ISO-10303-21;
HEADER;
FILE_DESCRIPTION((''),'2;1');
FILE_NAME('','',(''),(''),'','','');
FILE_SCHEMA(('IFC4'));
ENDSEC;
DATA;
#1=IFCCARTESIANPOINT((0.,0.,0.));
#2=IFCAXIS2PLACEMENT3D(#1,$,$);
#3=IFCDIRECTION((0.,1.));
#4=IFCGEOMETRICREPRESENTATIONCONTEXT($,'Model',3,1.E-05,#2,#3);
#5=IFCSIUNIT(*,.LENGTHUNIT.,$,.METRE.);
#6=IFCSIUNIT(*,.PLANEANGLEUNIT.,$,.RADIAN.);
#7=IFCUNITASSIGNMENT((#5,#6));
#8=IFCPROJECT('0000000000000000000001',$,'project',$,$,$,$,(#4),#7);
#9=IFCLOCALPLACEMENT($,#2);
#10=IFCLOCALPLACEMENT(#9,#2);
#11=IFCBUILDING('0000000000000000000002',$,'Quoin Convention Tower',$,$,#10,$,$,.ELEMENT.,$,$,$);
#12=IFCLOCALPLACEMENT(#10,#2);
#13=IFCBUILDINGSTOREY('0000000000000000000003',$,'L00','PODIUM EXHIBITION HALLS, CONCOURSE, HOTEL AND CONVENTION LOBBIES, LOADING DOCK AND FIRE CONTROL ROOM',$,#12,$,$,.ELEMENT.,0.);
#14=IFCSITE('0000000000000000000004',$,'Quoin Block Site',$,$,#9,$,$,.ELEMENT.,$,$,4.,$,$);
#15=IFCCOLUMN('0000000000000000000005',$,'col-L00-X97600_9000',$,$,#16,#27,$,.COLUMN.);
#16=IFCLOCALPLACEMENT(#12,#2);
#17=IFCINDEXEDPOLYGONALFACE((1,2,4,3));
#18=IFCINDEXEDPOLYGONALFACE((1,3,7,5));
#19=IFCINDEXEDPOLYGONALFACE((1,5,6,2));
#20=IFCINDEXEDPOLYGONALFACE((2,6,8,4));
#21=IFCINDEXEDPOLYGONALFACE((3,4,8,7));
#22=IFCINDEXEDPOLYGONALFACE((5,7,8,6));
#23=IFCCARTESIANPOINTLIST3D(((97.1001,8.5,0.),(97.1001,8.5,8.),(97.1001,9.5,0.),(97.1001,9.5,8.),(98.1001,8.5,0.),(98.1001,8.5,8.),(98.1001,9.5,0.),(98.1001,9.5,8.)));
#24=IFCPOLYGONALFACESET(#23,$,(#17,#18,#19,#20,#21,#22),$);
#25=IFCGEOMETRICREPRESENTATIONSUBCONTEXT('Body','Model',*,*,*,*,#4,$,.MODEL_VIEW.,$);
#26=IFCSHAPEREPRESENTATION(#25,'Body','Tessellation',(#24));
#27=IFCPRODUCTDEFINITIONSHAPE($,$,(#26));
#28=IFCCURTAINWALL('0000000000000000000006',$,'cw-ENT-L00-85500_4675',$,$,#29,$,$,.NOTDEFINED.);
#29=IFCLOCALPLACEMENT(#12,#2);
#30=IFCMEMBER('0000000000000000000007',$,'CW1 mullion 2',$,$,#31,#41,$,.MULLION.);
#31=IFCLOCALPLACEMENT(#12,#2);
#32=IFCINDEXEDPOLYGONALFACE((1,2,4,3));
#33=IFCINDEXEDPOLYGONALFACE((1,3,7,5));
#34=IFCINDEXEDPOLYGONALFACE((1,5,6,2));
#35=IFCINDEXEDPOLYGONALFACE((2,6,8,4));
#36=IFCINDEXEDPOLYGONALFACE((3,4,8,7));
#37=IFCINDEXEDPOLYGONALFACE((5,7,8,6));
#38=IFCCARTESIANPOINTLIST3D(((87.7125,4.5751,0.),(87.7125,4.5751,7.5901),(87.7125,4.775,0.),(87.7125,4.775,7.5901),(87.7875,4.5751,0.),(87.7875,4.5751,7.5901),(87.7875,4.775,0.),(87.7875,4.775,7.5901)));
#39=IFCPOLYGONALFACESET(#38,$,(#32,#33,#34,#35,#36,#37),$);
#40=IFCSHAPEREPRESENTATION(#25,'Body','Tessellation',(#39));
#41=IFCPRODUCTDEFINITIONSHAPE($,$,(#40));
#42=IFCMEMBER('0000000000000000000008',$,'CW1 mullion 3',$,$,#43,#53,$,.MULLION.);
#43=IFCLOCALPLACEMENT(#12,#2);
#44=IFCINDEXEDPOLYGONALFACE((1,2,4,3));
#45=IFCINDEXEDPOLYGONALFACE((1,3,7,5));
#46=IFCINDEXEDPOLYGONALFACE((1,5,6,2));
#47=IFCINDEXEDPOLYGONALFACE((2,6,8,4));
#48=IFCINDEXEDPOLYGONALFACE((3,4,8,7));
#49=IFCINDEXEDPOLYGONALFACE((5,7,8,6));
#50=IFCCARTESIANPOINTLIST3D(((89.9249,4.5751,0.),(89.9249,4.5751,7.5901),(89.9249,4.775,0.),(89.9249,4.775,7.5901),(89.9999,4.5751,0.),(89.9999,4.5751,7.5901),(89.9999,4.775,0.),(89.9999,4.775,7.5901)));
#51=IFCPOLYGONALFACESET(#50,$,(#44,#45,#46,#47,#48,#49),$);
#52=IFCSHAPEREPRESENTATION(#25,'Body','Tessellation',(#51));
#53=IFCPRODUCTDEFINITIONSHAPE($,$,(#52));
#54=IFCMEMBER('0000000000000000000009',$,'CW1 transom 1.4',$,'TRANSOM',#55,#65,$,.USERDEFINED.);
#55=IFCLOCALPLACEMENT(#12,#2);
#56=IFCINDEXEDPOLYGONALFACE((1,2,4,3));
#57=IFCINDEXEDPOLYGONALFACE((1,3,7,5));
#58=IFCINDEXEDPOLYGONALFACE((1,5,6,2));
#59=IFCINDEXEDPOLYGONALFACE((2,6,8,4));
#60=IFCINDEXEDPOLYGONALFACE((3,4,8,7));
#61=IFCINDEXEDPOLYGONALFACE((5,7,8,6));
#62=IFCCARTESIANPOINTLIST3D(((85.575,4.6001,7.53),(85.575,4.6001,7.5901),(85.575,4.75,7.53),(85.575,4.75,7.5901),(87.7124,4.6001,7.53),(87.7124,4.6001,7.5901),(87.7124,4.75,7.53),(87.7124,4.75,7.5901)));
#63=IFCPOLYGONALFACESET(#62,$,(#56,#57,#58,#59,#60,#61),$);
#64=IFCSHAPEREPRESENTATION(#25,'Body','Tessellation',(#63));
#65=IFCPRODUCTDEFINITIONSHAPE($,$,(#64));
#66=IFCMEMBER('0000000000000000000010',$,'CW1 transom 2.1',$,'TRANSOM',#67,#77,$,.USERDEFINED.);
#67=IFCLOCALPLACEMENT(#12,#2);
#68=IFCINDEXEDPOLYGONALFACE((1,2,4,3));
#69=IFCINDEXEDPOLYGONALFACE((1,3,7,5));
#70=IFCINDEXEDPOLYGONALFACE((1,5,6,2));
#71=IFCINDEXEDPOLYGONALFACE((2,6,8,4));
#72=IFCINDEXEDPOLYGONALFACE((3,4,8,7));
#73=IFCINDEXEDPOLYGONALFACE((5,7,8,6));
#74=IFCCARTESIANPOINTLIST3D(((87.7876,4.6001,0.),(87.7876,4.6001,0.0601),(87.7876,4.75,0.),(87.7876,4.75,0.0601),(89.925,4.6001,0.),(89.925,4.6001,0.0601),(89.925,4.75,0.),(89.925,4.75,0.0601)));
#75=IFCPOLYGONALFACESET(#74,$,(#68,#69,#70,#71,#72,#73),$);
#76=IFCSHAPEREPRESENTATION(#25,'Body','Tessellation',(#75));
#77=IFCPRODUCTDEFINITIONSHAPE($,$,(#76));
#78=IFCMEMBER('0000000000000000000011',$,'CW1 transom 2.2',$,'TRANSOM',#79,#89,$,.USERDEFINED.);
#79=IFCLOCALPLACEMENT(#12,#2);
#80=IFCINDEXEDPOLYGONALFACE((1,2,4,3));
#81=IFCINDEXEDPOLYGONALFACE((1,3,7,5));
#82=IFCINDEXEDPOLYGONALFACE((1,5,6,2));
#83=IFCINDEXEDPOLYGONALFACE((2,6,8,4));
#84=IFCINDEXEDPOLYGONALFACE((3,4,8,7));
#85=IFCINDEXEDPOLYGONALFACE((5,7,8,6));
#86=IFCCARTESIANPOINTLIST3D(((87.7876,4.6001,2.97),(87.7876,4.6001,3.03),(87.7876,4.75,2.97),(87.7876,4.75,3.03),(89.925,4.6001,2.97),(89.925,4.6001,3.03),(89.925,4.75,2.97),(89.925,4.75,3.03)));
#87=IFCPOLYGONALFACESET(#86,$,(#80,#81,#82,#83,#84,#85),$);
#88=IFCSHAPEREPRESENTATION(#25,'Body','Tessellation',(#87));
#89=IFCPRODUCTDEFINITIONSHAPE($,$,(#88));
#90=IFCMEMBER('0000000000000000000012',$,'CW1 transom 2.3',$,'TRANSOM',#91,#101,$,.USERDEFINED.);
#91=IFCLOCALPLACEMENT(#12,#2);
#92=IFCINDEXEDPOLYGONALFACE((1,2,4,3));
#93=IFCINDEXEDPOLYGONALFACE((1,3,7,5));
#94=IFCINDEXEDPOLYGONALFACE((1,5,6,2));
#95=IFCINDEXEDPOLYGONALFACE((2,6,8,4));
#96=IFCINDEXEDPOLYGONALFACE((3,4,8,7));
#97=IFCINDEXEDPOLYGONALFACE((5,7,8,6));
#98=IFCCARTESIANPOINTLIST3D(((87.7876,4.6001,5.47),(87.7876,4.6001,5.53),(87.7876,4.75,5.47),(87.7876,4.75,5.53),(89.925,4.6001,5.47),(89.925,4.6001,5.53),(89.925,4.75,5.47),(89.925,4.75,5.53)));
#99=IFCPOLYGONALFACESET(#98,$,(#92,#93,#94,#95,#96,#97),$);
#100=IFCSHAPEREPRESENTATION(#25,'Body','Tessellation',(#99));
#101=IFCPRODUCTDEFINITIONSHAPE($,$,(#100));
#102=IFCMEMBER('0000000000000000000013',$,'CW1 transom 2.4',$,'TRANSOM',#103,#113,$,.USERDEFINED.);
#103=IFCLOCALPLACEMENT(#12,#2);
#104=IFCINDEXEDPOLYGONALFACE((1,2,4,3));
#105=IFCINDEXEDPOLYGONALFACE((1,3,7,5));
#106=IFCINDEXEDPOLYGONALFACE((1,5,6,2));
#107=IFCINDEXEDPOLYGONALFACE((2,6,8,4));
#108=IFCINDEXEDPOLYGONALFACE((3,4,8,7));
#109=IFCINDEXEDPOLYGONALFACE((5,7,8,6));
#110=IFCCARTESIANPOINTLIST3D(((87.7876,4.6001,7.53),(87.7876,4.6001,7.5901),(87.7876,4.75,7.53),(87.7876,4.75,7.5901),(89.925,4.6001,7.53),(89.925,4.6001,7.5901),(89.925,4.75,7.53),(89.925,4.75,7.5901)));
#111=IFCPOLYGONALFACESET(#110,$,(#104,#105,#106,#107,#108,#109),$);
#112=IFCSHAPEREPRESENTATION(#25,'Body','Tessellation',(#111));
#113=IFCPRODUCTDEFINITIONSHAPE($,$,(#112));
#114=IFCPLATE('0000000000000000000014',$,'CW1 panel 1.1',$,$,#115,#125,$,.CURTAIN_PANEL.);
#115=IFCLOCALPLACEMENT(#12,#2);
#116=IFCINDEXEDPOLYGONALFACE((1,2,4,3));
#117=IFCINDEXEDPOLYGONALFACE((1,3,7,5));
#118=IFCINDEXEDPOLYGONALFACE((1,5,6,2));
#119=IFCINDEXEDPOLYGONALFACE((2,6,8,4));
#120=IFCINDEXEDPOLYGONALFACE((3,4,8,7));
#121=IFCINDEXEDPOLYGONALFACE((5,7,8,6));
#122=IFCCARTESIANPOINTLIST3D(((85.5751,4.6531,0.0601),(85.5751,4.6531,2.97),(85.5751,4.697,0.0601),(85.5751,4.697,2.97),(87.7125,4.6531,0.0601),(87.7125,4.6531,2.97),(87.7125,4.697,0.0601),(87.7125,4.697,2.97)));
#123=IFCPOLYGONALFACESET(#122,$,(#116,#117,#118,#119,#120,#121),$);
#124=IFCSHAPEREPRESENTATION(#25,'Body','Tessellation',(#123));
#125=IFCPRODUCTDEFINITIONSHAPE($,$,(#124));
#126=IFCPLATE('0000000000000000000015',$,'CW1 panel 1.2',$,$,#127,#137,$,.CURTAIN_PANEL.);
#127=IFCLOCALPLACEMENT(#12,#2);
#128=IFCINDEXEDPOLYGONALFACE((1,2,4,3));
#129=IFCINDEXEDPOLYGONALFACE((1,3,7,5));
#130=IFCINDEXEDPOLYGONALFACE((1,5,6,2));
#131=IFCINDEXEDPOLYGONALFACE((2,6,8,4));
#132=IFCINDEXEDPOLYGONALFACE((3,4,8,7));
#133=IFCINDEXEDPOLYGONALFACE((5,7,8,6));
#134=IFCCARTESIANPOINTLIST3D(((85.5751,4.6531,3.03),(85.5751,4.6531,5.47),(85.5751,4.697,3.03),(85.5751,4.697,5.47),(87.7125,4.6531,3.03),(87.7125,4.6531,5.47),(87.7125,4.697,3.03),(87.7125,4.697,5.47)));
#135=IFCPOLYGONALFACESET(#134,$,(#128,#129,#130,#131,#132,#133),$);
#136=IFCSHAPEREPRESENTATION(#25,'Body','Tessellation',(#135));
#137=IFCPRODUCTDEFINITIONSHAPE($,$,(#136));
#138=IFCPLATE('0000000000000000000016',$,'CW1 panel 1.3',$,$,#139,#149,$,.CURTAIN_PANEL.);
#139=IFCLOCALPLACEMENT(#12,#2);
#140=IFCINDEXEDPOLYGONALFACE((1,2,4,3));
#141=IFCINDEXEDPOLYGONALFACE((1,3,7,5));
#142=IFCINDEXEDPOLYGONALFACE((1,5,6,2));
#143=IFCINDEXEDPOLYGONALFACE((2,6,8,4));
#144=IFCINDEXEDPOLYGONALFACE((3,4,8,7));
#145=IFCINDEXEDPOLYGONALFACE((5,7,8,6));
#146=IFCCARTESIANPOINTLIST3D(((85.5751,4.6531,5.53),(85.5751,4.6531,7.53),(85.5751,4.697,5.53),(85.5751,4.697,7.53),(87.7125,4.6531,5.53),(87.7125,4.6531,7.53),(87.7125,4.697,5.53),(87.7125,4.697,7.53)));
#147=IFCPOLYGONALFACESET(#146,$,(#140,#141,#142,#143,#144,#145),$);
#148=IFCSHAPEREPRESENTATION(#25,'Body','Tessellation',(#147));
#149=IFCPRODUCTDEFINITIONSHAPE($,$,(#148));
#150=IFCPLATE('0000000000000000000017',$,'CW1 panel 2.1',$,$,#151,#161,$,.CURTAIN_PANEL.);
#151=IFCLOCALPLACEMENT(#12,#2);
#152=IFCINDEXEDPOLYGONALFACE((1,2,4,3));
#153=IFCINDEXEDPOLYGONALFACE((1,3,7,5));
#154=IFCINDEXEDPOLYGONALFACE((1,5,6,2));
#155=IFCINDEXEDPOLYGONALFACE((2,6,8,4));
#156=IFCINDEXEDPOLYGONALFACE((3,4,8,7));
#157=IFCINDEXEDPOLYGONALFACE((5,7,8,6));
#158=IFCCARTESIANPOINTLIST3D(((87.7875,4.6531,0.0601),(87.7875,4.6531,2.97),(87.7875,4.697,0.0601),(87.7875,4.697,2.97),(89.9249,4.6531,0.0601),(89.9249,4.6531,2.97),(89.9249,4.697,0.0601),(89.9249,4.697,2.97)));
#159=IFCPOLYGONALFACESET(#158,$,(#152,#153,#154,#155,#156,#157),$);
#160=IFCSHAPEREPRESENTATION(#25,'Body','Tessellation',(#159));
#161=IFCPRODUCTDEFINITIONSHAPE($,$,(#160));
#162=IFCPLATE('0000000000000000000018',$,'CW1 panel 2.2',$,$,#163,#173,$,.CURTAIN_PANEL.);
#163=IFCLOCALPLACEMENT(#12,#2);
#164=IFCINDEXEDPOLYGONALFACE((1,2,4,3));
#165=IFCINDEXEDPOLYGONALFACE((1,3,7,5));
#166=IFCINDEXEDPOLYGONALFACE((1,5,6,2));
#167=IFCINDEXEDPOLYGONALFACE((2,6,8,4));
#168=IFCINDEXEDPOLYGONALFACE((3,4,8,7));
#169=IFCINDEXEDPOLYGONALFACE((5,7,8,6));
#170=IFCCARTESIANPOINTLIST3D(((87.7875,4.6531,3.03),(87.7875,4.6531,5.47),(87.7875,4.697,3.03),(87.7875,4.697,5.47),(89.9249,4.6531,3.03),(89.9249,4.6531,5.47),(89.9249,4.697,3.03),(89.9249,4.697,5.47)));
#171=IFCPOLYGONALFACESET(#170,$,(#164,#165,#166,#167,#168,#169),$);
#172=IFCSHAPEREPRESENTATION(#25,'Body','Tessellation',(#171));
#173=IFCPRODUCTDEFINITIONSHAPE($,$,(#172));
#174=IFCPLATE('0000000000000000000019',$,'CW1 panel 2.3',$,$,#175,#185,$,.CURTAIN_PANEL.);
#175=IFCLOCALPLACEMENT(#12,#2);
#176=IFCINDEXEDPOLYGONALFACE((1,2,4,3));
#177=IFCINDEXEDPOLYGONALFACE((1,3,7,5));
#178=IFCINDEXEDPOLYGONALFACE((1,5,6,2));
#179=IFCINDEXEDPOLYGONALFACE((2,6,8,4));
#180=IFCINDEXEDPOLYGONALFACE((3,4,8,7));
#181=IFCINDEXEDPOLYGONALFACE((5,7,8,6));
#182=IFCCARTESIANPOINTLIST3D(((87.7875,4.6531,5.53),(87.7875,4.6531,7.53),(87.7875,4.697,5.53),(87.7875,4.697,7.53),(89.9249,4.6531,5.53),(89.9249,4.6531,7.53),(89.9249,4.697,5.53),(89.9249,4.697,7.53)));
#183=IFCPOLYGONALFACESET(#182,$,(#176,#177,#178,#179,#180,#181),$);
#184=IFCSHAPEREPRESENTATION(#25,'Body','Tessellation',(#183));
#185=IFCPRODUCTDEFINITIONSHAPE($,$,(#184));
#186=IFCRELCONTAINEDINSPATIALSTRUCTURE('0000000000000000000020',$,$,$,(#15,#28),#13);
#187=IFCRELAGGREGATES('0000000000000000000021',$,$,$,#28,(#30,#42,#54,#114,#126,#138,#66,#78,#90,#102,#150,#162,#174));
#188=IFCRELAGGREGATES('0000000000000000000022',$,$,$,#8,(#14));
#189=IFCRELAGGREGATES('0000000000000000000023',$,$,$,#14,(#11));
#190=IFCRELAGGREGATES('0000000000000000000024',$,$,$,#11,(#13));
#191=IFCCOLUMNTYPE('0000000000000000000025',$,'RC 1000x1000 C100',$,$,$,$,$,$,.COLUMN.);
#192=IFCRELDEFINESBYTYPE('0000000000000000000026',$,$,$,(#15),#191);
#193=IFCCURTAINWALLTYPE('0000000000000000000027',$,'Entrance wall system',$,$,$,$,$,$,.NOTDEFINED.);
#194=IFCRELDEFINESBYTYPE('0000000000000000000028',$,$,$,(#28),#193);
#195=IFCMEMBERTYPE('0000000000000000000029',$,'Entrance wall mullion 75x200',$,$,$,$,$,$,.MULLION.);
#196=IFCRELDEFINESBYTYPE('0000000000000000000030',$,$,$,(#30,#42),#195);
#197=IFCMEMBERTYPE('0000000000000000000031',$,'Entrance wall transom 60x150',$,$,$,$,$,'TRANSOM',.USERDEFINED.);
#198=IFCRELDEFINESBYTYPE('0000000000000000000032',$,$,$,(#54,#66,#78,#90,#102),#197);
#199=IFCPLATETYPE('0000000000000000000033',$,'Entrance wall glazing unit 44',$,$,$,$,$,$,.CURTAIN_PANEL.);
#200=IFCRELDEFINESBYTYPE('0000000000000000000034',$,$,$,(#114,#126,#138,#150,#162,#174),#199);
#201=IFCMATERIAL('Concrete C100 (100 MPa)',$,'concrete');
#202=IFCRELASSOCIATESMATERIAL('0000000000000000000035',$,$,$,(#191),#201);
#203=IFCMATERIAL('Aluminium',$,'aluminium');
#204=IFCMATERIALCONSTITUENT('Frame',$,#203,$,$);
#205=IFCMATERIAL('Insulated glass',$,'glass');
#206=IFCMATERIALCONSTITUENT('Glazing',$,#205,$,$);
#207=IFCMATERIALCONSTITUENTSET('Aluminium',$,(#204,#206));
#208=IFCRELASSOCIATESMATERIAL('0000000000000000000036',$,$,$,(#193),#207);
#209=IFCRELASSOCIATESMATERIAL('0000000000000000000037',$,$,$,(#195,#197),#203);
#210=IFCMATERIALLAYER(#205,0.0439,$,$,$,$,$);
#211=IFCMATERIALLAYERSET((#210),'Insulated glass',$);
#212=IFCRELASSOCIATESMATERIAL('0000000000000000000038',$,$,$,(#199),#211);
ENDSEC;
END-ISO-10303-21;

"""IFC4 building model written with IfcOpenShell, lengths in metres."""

from ifc_helpers import new_model, si_unit, direction, frame, origin, origin_2d, place, context, subcontext, project, spatial, rectangle, extrude, material, layer, layer_set, constituent, constituent_set, material_profile, profile_set, type_object, element, aggregate, save


model = new_model("IFC4")

# Units and contexts
model_context = context("Model", 3, precision=1e-05, world=origin(), true_north=direction((0.0, 1.0)))
body_context = subcontext(model_context, "Body", "Model", "MODEL_VIEW")
ifc_project = project(units=[si_unit("LENGTHUNIT", "METRE"), si_unit("PLANEANGLEUNIT", "RADIAN")], contexts=[model_context])

# Site, building, storey
site_placement = place(None, origin())
site = spatial("IfcSite", under=ifc_project, at=site_placement, Name="Quoin Block Site", CompositionType="ELEMENT", RefElevation=4.0)
building_placement = place(site_placement, origin())
building = spatial("IfcBuilding", under=site, at=building_placement, Name="Quoin Convention Tower", CompositionType="ELEMENT")
storey_placement = place(building_placement, origin())
storey = spatial("IfcBuildingStorey", under=building, at=storey_placement, Name="L00", Description="PODIUM EXHIBITION HALLS, CONCOURSE, HOTEL AND CONVENTION LOBBIES, LOADING DOCK AND FIRE CONTROL ROOM", CompositionType="ELEMENT", Elevation=0.0)

# Column
ifc_material_1 = material(Name="Concrete C100 (100 MPa)", Category="concrete")
ifc_material_profile_1 = material_profile(ifc_material_1, rectangle(XDim=1.0, YDim=1.0, at=origin_2d()), Name="RC 1000x1000")
ifc_profile_set_1 = profile_set([ifc_material_profile_1], Name="Concrete C100 (100 MPa)")
column_type = type_object("IfcColumnType", Name="RC 1000x1000 C100", PredefinedType="COLUMN", material=ifc_profile_set_1)
column_placement = place(storey_placement, frame((97.6001, 9.0, 0.0), z_axis=(0.0, 0.0, 1.0), x_axis=(1.0, 0.0, 0.0)))
element("IfcColumn", 1, at=column_placement, inside=storey, type_object=column_type, Name="col-L00-X97600_9000", PredefinedType="COLUMN", context=body_context, shape_type="SweptSolid", body=[
    extrude(rectangle(XDim=1.0, YDim=1.0, at=origin_2d()), origin(), (0.0, 0.0, 1.0), 8.0),
])

# Curtain wall, members, plates
ifc_material_2 = material(Name="Aluminium", Category="aluminium")
ifc_constituent_1 = constituent(ifc_material_2, Name="Frame")
ifc_material_3 = material(Name="Insulated glass", Category="glass")
ifc_constituent_2 = constituent(ifc_material_3, Name="Glazing")
ifc_constituent_set = constituent_set(constituents=[ifc_constituent_1, ifc_constituent_2], Name="Aluminium")
curtain_wall_type = type_object("IfcCurtainWallType", Name="Entrance wall system", PredefinedType="NOTDEFINED", material=ifc_constituent_set)
curtain_wall_placement = place(storey_placement, origin())
curtain_wall = element("IfcCurtainWall", 2, at=curtain_wall_placement, inside=storey, type_object=curtain_wall_type, Name="cw-ENT-L00-85500_4675", PredefinedType="NOTDEFINED")
ifc_material_profile_2 = material_profile(ifc_material_2, rectangle(XDim=0.2, YDim=0.075, at=origin_2d()), Name="Entrance wall mullion 75x200")
ifc_profile_set_2 = profile_set([ifc_material_profile_2], Name="Aluminium")
member_type_1 = type_object("IfcMemberType", Name="Entrance wall mullion 75x200", PredefinedType="MULLION", material=ifc_profile_set_2)
member_1_placement = place(storey_placement, frame((87.75, 4.675, 0.0), z_axis=(0.0, 0.0, 1.0), x_axis=(0.0, 1.0, 0.0)))
member_1 = element("IfcMember", 3, at=member_1_placement, type_object=member_type_1, Name="CW1 mullion 2", PredefinedType="MULLION", context=body_context, shape_type="SweptSolid", body=[
    extrude(rectangle(XDim=0.2, YDim=0.075, at=origin_2d()), origin(), (0.0, 0.0, 1.0), 7.5901),
])
member_2_placement = place(storey_placement, frame((89.9624, 4.675, 0.0), z_axis=(0.0, 0.0, 1.0), x_axis=(0.0, 1.0, 0.0)))
member_2 = element("IfcMember", 4, at=member_2_placement, type_object=member_type_1, Name="CW1 mullion 3", PredefinedType="MULLION", context=body_context, shape_type="SweptSolid", body=[
    extrude(rectangle(XDim=0.2, YDim=0.075, at=origin_2d()), origin(), (0.0, 0.0, 1.0), 7.5901),
])
ifc_material_profile_3 = material_profile(ifc_material_2, rectangle(XDim=0.1499, YDim=0.0601, at=origin_2d()), Name="Entrance wall transom 60x150")
ifc_profile_set_3 = profile_set([ifc_material_profile_3], Name="Aluminium")
member_type_2 = type_object("IfcMemberType", Name="Entrance wall transom 60x150", ElementType="TRANSOM", PredefinedType="USERDEFINED", material=ifc_profile_set_3)
member_3_placement = place(storey_placement, frame((85.575, 4.675, 7.5601), z_axis=(1.0, 0.0, 0.0), x_axis=(0.0, 1.0, 0.0)))
member_3 = element("IfcMember", 5, at=member_3_placement, type_object=member_type_2, Name="CW1 transom 1.4", ObjectType="TRANSOM", PredefinedType="USERDEFINED", context=body_context, shape_type="SweptSolid", body=[
    extrude(rectangle(XDim=0.1499, YDim=0.0601, at=origin_2d()), origin(), (0.0, 0.0, 1.0), 2.1375),
])
member_4_placement = place(storey_placement, frame((87.7876, 4.675, 0.03), z_axis=(1.0, 0.0, 0.0), x_axis=(0.0, 1.0, 0.0)))
member_4 = element("IfcMember", 6, at=member_4_placement, type_object=member_type_2, Name="CW1 transom 2.1", ObjectType="TRANSOM", PredefinedType="USERDEFINED", context=body_context, shape_type="SweptSolid", body=[
    extrude(rectangle(XDim=0.1499, YDim=0.0601, at=origin_2d()), origin(), (0.0, 0.0, 1.0), 2.1375),
])
member_5_placement = place(storey_placement, frame((87.7876, 4.675, 3.0), z_axis=(1.0, 0.0, 0.0), x_axis=(0.0, 1.0, 0.0)))
member_5 = element("IfcMember", 7, at=member_5_placement, type_object=member_type_2, Name="CW1 transom 2.2", ObjectType="TRANSOM", PredefinedType="USERDEFINED", context=body_context, shape_type="SweptSolid", body=[
    extrude(rectangle(XDim=0.1499, YDim=0.0601, at=origin_2d()), origin(), (0.0, 0.0, 1.0), 2.1375),
])
member_6_placement = place(storey_placement, frame((87.7876, 4.675, 5.5), z_axis=(1.0, 0.0, 0.0), x_axis=(0.0, 1.0, 0.0)))
member_6 = element("IfcMember", 8, at=member_6_placement, type_object=member_type_2, Name="CW1 transom 2.3", ObjectType="TRANSOM", PredefinedType="USERDEFINED", context=body_context, shape_type="SweptSolid", body=[
    extrude(rectangle(XDim=0.1499, YDim=0.0601, at=origin_2d()), origin(), (0.0, 0.0, 1.0), 2.1375),
])
member_7_placement = place(storey_placement, frame((87.7876, 4.675, 7.5601), z_axis=(1.0, 0.0, 0.0), x_axis=(0.0, 1.0, 0.0)))
member_7 = element("IfcMember", 9, at=member_7_placement, type_object=member_type_2, Name="CW1 transom 2.4", ObjectType="TRANSOM", PredefinedType="USERDEFINED", context=body_context, shape_type="SweptSolid", body=[
    extrude(rectangle(XDim=0.1499, YDim=0.0601, at=origin_2d()), origin(), (0.0, 0.0, 1.0), 2.1375),
])
ifc_layer_1 = layer(ifc_material_3, 0.0439)
ifc_layer_set_1 = layer_set([ifc_layer_1], Name="Insulated glass")
plate_type = type_object("IfcPlateType", Name="Entrance wall glazing unit 44", PredefinedType="CURTAIN_PANEL", material=ifc_layer_set_1)
plate_1_placement = place(storey_placement, frame((86.6438, 4.675, 0.0601), z_axis=(0.0, 0.0, 1.0), x_axis=(1.0, 0.0, 0.0)))
plate_1 = element("IfcPlate", 10, at=plate_1_placement, type_object=plate_type, Name="CW1 panel 1.1", PredefinedType="CURTAIN_PANEL", context=body_context, shape_type="SweptSolid", body=[
    extrude(rectangle(XDim=2.1375, YDim=0.0439, at=origin_2d()), origin(), (0.0, 0.0, 1.0), 2.9099),
])
plate_2_placement = place(storey_placement, frame((86.6438, 4.675, 3.03), z_axis=(0.0, 0.0, 1.0), x_axis=(1.0, 0.0, 0.0)))
plate_2 = element("IfcPlate", 11, at=plate_2_placement, type_object=plate_type, Name="CW1 panel 1.2", PredefinedType="CURTAIN_PANEL", context=body_context, shape_type="SweptSolid", body=[
    extrude(rectangle(XDim=2.1375, YDim=0.0439, at=origin_2d()), origin(), (0.0, 0.0, 1.0), 2.4399),
])
plate_3_placement = place(storey_placement, frame((86.6438, 4.675, 5.53), z_axis=(0.0, 0.0, 1.0), x_axis=(1.0, 0.0, 0.0)))
plate_3 = element("IfcPlate", 12, at=plate_3_placement, type_object=plate_type, Name="CW1 panel 1.3", PredefinedType="CURTAIN_PANEL", context=body_context, shape_type="SweptSolid", body=[
    extrude(rectangle(XDim=2.1375, YDim=0.0439, at=origin_2d()), origin(), (0.0, 0.0, 1.0), 2.0),
])
plate_4_placement = place(storey_placement, frame((88.8562, 4.675, 0.0601), z_axis=(0.0, 0.0, 1.0), x_axis=(1.0, 0.0, 0.0)))
plate_4 = element("IfcPlate", 13, at=plate_4_placement, type_object=plate_type, Name="CW1 panel 2.1", PredefinedType="CURTAIN_PANEL", context=body_context, shape_type="SweptSolid", body=[
    extrude(rectangle(XDim=2.1375, YDim=0.0439, at=origin_2d()), origin(), (0.0, 0.0, 1.0), 2.9099),
])
plate_5_placement = place(storey_placement, frame((88.8562, 4.675, 3.03), z_axis=(0.0, 0.0, 1.0), x_axis=(1.0, 0.0, 0.0)))
plate_5 = element("IfcPlate", 14, at=plate_5_placement, type_object=plate_type, Name="CW1 panel 2.2", PredefinedType="CURTAIN_PANEL", context=body_context, shape_type="SweptSolid", body=[
    extrude(rectangle(XDim=2.1375, YDim=0.0439, at=origin_2d()), origin(), (0.0, 0.0, 1.0), 2.4399),
])
plate_6_placement = place(storey_placement, frame((88.8562, 4.675, 5.53), z_axis=(0.0, 0.0, 1.0), x_axis=(1.0, 0.0, 0.0)))
plate_6 = element("IfcPlate", 15, at=plate_6_placement, type_object=plate_type, Name="CW1 panel 2.3", PredefinedType="CURTAIN_PANEL", context=body_context, shape_type="SweptSolid", body=[
    extrude(rectangle(XDim=2.1375, YDim=0.0439, at=origin_2d()), origin(), (0.0, 0.0, 1.0), 2.0),
])
aggregate(curtain_wall, [member_1, member_2, member_3, plate_1, plate_2, plate_3, member_4, member_5, member_6, member_7, plate_4, plate_5, plate_6])

save(model, "model.ifc")
